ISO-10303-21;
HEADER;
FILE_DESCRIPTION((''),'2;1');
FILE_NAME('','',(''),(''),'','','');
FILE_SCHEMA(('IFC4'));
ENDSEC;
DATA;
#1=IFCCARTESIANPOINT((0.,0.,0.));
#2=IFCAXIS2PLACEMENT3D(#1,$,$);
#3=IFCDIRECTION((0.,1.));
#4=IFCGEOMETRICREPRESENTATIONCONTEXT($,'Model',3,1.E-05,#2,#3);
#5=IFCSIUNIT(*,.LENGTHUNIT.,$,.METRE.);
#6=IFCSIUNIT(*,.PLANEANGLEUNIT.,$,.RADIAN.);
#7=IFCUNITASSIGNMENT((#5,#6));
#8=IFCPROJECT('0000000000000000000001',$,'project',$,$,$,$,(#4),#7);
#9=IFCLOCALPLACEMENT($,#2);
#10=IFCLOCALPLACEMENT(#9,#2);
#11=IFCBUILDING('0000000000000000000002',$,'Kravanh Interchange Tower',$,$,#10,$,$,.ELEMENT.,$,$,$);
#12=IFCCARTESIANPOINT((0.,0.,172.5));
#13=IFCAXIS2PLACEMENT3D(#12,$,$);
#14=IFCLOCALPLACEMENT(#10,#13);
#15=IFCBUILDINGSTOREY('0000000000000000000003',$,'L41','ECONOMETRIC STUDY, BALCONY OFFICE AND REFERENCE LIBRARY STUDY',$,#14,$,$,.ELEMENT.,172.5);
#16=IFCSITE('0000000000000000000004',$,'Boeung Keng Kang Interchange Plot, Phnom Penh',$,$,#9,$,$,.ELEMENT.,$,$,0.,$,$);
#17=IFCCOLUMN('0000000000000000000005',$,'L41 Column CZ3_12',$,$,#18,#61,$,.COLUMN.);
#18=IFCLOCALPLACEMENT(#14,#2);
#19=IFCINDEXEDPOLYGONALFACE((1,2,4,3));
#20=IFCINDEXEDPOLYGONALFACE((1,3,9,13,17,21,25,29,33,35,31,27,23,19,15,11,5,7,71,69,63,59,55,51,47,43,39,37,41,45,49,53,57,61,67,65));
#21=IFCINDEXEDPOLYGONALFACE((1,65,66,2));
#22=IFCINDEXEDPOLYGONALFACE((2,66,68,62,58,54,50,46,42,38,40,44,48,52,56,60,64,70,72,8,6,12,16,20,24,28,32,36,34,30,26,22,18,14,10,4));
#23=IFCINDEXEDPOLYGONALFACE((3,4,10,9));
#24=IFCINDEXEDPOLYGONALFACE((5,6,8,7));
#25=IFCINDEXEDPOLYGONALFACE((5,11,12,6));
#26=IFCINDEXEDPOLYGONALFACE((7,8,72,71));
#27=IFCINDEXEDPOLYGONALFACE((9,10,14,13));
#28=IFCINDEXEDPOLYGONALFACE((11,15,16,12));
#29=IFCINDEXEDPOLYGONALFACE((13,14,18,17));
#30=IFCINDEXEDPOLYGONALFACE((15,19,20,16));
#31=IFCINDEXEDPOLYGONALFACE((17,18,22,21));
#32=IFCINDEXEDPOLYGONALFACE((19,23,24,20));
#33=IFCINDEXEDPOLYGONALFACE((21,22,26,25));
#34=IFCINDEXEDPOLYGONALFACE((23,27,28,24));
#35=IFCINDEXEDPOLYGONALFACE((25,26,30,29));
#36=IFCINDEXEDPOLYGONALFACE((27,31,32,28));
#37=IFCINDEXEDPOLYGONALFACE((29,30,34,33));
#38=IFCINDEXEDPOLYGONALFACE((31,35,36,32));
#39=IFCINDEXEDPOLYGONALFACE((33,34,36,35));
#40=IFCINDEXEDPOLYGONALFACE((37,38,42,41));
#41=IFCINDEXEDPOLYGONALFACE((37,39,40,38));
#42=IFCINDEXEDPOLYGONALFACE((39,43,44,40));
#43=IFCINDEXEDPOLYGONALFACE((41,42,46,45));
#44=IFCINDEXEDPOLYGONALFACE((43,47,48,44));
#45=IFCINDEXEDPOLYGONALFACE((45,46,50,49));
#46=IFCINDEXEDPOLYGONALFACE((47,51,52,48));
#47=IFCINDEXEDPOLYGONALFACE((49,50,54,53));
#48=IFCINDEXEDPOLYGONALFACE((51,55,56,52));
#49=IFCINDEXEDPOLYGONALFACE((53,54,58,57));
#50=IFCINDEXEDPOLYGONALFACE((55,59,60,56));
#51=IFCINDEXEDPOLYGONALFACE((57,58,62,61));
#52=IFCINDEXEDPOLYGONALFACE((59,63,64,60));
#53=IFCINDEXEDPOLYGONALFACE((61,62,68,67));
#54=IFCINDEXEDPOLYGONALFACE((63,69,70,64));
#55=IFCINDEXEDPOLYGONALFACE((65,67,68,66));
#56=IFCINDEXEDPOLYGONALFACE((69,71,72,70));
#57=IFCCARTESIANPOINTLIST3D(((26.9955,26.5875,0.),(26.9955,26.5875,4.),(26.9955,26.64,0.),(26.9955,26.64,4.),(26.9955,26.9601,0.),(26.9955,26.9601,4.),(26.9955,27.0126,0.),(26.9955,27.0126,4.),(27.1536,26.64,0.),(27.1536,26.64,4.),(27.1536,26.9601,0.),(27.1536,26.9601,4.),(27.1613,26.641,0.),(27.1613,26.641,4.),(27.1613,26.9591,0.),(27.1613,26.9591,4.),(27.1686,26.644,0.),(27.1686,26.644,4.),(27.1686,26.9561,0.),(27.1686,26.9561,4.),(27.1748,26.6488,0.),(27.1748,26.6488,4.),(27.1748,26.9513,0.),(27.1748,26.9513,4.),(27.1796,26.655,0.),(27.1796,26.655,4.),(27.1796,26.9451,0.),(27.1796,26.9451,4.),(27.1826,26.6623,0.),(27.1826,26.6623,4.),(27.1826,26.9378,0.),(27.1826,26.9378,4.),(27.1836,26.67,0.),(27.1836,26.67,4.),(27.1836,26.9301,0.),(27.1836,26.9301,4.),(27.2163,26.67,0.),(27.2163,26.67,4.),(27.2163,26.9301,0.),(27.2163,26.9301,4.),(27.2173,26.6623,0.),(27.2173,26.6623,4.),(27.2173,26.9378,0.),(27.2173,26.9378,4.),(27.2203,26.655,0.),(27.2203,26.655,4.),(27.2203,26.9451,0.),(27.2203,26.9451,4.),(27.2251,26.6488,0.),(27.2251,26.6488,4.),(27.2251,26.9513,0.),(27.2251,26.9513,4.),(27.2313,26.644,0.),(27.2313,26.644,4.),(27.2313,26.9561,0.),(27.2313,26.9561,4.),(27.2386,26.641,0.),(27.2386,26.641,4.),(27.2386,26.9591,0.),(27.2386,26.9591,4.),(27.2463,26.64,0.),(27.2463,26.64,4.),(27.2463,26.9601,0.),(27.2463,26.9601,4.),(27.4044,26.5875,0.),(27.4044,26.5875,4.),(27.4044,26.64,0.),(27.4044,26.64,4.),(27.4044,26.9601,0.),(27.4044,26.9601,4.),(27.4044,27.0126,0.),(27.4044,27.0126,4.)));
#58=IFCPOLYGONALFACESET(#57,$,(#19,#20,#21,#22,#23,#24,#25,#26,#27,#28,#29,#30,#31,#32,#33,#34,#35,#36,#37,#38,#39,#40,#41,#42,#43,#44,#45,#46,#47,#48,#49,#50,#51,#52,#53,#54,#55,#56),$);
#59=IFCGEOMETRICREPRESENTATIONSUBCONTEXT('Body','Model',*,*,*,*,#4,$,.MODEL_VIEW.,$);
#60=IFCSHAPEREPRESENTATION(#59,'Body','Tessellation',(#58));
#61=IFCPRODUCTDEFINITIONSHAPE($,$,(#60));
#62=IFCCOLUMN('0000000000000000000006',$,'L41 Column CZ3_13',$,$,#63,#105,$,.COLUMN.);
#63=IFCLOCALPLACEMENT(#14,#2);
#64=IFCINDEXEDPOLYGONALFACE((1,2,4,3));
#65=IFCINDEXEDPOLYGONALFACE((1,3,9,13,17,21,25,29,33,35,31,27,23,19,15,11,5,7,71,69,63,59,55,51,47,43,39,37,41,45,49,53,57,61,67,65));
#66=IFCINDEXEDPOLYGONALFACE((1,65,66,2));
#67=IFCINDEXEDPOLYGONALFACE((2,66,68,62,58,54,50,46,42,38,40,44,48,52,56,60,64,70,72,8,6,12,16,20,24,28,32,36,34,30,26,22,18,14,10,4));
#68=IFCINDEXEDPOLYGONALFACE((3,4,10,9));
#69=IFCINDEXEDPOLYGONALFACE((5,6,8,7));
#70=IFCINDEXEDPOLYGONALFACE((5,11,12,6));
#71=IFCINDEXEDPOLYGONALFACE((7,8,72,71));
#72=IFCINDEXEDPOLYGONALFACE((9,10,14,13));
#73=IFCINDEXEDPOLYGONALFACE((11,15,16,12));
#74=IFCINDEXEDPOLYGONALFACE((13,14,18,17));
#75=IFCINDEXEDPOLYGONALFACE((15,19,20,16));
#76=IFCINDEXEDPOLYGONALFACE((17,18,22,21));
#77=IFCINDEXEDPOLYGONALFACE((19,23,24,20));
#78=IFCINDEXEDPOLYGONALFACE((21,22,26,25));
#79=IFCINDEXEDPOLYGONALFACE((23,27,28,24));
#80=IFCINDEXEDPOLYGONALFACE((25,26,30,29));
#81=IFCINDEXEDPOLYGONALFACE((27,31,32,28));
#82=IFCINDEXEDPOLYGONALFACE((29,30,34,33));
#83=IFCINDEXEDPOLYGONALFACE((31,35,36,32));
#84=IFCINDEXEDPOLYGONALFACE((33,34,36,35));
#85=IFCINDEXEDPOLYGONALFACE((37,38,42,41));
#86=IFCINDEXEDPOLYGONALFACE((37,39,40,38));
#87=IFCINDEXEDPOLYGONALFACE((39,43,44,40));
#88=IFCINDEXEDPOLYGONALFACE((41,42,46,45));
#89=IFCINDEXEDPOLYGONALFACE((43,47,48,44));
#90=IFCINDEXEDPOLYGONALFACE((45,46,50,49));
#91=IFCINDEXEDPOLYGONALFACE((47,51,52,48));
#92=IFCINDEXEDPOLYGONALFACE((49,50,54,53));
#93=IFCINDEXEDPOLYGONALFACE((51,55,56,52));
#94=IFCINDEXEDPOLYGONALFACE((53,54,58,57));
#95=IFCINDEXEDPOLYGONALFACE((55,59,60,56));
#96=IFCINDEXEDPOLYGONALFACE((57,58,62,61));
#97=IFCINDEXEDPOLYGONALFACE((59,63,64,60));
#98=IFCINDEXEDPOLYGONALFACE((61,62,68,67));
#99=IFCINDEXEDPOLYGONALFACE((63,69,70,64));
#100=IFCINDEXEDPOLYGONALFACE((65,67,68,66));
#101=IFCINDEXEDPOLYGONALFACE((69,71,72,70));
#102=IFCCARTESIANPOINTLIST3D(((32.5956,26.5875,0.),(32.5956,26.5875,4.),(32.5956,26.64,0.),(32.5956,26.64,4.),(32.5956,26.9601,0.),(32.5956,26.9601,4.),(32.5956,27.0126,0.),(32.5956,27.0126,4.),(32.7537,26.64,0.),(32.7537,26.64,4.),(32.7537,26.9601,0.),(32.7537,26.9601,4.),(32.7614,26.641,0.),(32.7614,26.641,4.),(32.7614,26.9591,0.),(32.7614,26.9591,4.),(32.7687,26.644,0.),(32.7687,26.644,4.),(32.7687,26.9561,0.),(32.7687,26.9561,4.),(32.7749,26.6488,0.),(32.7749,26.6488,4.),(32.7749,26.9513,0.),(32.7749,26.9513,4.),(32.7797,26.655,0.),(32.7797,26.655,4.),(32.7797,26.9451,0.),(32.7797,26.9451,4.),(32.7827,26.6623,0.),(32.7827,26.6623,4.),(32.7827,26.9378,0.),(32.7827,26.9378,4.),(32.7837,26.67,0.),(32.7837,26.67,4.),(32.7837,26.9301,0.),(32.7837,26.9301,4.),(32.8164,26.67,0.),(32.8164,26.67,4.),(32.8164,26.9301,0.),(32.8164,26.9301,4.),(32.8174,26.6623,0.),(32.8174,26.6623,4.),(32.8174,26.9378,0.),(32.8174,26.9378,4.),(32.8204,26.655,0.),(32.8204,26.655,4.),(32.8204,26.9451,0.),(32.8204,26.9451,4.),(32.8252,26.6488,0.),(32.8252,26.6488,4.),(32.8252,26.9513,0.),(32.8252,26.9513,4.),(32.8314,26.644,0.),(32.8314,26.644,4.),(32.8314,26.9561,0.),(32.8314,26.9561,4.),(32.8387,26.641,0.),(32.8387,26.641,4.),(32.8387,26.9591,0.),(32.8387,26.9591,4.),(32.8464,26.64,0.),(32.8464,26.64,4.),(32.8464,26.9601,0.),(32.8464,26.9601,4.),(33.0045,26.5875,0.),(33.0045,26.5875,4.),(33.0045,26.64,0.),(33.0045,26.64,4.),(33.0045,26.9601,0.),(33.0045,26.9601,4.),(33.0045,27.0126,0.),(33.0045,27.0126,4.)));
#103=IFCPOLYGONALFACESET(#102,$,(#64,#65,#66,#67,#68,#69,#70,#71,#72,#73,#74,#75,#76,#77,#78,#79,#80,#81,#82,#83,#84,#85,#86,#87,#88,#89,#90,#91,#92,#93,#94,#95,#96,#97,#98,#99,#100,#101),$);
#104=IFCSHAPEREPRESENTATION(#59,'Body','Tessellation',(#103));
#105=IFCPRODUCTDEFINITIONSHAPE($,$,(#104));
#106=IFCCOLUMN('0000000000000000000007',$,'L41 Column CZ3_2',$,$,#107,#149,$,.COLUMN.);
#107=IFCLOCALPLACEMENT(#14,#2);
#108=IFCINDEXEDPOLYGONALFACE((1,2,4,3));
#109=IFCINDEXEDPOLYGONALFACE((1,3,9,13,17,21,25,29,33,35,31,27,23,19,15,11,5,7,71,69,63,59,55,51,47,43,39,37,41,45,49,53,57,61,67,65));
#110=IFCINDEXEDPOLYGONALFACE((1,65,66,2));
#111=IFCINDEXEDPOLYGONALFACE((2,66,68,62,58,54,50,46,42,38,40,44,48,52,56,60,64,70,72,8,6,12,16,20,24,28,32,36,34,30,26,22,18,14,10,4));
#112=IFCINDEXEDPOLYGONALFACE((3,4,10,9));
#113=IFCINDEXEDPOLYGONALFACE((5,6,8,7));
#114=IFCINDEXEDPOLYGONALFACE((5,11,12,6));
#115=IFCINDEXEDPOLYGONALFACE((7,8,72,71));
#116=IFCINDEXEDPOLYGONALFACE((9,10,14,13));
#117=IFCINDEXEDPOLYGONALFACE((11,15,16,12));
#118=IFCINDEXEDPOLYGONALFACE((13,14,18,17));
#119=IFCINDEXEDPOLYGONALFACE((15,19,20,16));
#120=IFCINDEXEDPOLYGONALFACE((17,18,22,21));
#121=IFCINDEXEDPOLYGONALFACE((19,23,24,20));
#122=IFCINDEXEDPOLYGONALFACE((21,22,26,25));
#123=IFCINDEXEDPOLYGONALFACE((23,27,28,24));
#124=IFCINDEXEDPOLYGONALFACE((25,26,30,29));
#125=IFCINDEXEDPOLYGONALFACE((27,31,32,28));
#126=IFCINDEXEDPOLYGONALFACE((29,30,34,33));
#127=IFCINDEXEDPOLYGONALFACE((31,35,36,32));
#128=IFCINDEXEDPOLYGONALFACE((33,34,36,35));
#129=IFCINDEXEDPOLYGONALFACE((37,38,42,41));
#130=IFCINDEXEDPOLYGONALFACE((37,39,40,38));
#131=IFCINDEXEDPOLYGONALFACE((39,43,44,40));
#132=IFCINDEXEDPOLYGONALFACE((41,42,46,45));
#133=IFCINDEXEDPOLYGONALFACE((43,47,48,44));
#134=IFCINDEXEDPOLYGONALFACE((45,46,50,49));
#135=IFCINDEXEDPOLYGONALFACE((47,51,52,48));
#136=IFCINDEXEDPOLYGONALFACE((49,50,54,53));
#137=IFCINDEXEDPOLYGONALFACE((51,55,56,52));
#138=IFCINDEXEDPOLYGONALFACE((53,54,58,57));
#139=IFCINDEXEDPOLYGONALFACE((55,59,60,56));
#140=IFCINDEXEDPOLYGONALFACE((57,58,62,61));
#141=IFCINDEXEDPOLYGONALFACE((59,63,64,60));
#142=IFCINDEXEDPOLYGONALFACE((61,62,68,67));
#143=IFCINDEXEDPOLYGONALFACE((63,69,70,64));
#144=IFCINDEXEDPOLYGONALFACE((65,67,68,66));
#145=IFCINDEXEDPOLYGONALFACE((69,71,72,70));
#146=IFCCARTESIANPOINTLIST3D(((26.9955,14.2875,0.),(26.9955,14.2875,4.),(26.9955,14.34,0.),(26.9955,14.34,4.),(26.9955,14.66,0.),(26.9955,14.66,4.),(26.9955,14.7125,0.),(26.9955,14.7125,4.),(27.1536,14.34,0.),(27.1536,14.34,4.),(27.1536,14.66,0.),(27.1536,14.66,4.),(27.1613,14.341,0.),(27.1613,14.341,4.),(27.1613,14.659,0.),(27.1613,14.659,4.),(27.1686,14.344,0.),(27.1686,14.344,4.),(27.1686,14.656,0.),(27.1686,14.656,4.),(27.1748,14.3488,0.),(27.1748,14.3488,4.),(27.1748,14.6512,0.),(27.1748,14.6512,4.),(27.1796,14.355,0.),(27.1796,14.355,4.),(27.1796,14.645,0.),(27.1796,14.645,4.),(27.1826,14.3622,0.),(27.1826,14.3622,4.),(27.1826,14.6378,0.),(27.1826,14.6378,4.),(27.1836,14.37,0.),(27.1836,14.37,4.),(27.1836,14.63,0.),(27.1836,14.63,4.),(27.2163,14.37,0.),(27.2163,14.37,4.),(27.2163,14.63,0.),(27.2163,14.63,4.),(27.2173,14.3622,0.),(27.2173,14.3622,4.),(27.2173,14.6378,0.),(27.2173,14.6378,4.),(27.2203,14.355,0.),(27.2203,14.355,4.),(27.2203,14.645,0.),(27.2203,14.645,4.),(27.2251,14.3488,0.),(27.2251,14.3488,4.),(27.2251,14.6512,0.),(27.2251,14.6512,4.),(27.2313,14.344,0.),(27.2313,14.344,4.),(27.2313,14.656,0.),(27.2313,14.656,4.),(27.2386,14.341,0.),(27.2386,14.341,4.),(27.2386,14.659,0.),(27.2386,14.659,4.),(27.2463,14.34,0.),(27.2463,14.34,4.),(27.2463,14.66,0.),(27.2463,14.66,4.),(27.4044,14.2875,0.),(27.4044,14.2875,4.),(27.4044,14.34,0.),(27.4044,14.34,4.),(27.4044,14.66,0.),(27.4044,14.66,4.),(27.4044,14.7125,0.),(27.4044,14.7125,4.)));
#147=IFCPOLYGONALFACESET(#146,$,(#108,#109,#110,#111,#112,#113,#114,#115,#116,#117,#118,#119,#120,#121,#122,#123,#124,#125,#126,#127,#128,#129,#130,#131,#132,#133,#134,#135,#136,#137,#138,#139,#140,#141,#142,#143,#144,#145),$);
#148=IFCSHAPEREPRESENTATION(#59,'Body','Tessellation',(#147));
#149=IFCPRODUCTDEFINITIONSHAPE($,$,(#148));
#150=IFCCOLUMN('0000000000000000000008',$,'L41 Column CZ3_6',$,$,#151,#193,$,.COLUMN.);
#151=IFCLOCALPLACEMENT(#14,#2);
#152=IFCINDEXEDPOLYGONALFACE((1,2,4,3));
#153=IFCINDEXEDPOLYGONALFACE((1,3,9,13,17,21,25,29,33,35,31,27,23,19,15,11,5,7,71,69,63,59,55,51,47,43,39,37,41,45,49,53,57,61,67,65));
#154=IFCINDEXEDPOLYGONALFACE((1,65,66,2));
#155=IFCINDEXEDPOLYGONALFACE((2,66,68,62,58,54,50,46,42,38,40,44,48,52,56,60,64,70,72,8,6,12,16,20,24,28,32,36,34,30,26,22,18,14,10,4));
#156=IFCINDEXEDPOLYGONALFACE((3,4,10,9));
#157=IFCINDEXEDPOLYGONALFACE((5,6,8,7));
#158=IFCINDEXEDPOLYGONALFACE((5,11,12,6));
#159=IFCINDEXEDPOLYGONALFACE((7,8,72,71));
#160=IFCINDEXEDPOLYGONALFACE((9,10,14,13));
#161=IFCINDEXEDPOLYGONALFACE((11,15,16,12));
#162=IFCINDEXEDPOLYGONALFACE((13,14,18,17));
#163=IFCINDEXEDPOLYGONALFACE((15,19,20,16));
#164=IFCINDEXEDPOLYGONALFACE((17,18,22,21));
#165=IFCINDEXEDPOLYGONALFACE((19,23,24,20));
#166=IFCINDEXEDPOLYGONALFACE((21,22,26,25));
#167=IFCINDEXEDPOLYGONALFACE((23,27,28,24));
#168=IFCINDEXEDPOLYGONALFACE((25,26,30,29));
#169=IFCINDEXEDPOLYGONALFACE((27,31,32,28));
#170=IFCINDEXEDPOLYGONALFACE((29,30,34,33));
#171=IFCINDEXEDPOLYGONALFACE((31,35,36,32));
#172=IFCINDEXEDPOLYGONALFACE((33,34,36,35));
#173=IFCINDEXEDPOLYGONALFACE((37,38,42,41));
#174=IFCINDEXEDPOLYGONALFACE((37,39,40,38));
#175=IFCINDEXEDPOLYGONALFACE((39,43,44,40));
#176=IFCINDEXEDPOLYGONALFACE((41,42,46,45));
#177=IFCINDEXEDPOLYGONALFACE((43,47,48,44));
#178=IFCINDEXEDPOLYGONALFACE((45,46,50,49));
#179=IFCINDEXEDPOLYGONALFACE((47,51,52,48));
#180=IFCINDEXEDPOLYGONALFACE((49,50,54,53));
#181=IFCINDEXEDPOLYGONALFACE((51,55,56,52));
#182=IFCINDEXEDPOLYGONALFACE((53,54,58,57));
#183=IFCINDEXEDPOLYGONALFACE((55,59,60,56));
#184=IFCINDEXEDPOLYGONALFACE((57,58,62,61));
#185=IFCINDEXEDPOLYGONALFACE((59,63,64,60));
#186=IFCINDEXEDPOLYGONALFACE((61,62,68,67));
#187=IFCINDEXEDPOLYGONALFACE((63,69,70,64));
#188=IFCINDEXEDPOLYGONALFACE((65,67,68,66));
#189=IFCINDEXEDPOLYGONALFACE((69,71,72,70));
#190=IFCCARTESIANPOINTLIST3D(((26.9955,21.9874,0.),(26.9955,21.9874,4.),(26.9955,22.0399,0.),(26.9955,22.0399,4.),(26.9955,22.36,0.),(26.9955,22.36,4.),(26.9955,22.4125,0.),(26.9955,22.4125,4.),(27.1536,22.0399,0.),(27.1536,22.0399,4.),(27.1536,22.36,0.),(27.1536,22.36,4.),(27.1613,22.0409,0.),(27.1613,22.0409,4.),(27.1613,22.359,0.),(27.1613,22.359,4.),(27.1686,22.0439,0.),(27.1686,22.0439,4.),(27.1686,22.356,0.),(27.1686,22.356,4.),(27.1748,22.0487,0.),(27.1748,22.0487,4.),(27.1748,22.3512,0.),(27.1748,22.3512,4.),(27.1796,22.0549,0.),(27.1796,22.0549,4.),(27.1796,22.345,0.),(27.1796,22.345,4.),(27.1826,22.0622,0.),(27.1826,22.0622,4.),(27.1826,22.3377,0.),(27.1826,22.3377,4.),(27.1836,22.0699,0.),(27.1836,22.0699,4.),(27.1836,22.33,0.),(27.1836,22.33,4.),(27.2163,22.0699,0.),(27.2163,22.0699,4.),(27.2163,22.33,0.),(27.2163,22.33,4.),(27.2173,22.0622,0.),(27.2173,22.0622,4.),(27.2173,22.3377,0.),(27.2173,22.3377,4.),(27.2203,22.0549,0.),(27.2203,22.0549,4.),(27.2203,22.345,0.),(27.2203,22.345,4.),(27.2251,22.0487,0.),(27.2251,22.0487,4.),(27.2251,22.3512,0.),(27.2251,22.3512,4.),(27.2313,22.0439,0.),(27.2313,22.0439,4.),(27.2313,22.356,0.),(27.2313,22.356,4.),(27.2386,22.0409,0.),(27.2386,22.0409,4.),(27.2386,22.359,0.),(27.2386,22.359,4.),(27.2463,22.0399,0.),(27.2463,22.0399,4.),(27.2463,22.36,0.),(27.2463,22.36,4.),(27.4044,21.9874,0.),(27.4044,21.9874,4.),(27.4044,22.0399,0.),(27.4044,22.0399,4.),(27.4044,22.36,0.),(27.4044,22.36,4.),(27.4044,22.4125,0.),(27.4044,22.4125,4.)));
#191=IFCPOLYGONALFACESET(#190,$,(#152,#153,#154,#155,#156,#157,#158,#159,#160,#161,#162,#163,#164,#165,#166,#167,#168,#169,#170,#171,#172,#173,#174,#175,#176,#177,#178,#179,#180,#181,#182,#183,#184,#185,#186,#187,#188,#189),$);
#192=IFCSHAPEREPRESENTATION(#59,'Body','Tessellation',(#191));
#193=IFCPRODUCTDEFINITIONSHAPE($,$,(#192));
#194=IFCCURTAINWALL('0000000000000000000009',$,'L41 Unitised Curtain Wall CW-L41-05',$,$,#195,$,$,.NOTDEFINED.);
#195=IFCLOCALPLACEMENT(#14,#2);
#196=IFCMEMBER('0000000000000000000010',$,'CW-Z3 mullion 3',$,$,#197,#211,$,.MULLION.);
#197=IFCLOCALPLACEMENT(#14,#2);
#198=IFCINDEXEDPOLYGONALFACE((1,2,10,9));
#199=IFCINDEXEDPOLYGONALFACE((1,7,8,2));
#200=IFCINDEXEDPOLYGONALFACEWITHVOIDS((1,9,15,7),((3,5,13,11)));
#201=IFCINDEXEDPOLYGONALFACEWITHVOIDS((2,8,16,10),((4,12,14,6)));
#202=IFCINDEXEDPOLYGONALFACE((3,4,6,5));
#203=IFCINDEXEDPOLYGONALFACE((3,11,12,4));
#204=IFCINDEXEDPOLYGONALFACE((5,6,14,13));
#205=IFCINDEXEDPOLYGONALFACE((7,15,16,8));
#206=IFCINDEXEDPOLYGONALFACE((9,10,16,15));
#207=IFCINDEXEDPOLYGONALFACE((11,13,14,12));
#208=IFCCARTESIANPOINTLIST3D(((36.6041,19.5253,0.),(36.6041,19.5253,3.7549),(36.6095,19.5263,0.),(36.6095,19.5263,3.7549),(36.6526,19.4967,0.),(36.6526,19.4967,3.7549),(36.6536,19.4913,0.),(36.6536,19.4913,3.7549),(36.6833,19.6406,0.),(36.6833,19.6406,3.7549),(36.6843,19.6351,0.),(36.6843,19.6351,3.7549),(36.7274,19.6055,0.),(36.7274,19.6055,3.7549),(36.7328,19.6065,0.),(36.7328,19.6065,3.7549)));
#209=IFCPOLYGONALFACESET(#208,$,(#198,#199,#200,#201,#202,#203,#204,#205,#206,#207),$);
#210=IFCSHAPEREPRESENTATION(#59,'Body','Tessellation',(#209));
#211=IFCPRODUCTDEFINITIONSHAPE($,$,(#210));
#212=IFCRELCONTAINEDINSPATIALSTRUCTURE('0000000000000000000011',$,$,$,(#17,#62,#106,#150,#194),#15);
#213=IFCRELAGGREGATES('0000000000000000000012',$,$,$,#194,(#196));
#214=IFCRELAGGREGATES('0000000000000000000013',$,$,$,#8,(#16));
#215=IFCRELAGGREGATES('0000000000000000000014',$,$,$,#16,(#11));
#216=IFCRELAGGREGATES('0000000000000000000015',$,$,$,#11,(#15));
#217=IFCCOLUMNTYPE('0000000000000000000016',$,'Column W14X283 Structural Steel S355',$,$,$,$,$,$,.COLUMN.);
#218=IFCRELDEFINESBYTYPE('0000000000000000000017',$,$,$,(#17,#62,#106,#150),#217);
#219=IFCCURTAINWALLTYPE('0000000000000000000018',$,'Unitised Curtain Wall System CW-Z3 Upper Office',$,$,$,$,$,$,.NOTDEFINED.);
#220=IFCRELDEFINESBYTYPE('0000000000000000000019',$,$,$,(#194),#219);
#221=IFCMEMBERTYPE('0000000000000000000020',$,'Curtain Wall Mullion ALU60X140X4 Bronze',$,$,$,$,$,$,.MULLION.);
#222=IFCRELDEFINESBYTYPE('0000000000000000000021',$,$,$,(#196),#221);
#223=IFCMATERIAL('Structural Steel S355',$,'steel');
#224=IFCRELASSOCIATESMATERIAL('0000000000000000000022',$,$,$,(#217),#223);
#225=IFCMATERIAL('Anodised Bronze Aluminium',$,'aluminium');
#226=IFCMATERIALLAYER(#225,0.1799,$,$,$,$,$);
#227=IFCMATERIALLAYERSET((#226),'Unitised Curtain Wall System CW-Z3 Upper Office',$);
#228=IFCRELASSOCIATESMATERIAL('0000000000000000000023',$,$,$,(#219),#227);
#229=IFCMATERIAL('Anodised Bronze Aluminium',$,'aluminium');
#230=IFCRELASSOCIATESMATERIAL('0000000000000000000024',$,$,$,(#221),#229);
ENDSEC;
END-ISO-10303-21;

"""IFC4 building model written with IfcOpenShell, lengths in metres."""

from ifc_helpers import new_model, si_unit, direction, frame, origin, origin_2d, place, context, subcontext, project, spatial, hollow_rectangle, i_section, extrude, material, layer, layer_set, material_profile, profile_set, type_object, element, aggregate, save


model = new_model("IFC4")

# Units and contexts
model_context = context("Model", 3, precision=1e-05, world=origin(), true_north=direction((0.0, 1.0)))
body_context = subcontext(model_context, "Body", "Model", "MODEL_VIEW")
ifc_project = project(units=[si_unit("LENGTHUNIT", "METRE"), si_unit("PLANEANGLEUNIT", "RADIAN")], contexts=[model_context])

# Site, building, storey
site_placement = place(None, origin())
site = spatial("IfcSite", under=ifc_project, at=site_placement, Name="Boeung Keng Kang Interchange Plot, Phnom Penh", CompositionType="ELEMENT", RefElevation=0.0)
building_placement = place(site_placement, origin())
building = spatial("IfcBuilding", under=site, at=building_placement, Name="Kravanh Interchange Tower", CompositionType="ELEMENT")
storey_placement = place(building_placement, frame((0.0, 0.0, 172.5)))
storey = spatial("IfcBuildingStorey", under=building, at=storey_placement, Name="L41", Description="ECONOMETRIC STUDY, BALCONY OFFICE AND REFERENCE LIBRARY STUDY", CompositionType="ELEMENT", Elevation=172.5)

# Columns
ifc_material_1 = material(Name="Structural Steel S355", Category="steel")
ifc_material_profile_1 = material_profile(ifc_material_1, i_section(OverallWidth=0.4089, OverallDepth=0.425, WebThickness=0.0327, FlangeThickness=0.0525, FilletRadius=0.03, at=origin_2d()), Name="W14X283")
ifc_profile_set_1 = profile_set([ifc_material_profile_1], Name="Structural Steel S355")
column_type = type_object("IfcColumnType", Name="Column W14X283 Structural Steel S355", PredefinedType="COLUMN", material=ifc_profile_set_1)
for number, where, z_axis, x_axis, name in (
    (1, (27.2, 26.8, 0.0), (0.0, 0.0, 1.0), (1.0, 0.0, 0.0), "L41 Column CZ3_12"),
    (2, (32.8, 26.8, 0.0), (0.0, 0.0, 1.0), (1.0, 0.0, 0.0), "L41 Column CZ3_13"),
    (3, (27.2, 14.5, 0.0), (0.0, 0.0, 1.0), (1.0, 0.0, 0.0), "L41 Column CZ3_2"),
    (4, (27.2, 22.2, 0.0), (0.0, 0.0, 1.0), (1.0, 0.0, 0.0), "L41 Column CZ3_6"),
):
    element("IfcColumn", number, at=place(storey_placement, frame(where, z_axis=z_axis, x_axis=x_axis)), inside=storey, type_object=column_type, Name=name, PredefinedType="COLUMN", context=body_context, shape_type="SweptSolid", body=[
        extrude(i_section(OverallWidth=0.4089, OverallDepth=0.425, WebThickness=0.0327, FlangeThickness=0.0525, FilletRadius=0.03, at=origin_2d()), origin(), (0.0, 0.0, 1.0), 4.0),
    ])

# Curtain wall, member
ifc_material_2 = material(Name="Anodised Bronze Aluminium", Category="aluminium")
ifc_layer_1 = layer(ifc_material_2, 0.1799)
ifc_layer_set_1 = layer_set([ifc_layer_1], Name="Unitised Curtain Wall System CW-Z3 Upper Office")
curtain_wall_type = type_object("IfcCurtainWallType", Name="Unitised Curtain Wall System CW-Z3 Upper Office", PredefinedType="NOTDEFINED", material=ifc_layer_set_1)
curtain_wall_1_placement = place(storey_placement, origin())
curtain_wall_1 = element("IfcCurtainWall", 5, at=curtain_wall_1_placement, inside=storey, type_object=curtain_wall_type, Name="L41 Unitised Curtain Wall CW-L41-05", PredefinedType="NOTDEFINED")
ifc_material_3 = material(Name="Anodised Bronze Aluminium", Category="aluminium")
ifc_material_profile_2 = material_profile(ifc_material_3, hollow_rectangle(XDim=0.0601, YDim=0.1399, WallThickness=0.0039, at=origin_2d()), Name="ALU60X140X4")
ifc_profile_set_2 = profile_set([ifc_material_profile_2], Name="Anodised Bronze Aluminium")
member_type_1 = type_object("IfcMemberType", Name="Curtain Wall Mullion ALU60X140X4 Bronze", PredefinedType="MULLION", material=ifc_profile_set_2)
member_1_placement = place(storey_placement, frame((36.6685, 19.5659, 0.0), z_axis=(0.0, 0.0, 1.0), x_axis=(0.824042, -0.566528, 0.0)))
member_1 = element("IfcMember", 6, at=member_1_placement, type_object=member_type_1, Name="CW-Z3 mullion 3", PredefinedType="MULLION", context=body_context, shape_type="SweptSolid", body=[
    extrude(hollow_rectangle(XDim=0.0601, YDim=0.1399, WallThickness=0.0039, at=origin_2d()), origin(), (0.0, 0.0, 1.0), 3.7549),
])

aggregate(curtain_wall_1, [member_1])

save(model, "model.ifc")
